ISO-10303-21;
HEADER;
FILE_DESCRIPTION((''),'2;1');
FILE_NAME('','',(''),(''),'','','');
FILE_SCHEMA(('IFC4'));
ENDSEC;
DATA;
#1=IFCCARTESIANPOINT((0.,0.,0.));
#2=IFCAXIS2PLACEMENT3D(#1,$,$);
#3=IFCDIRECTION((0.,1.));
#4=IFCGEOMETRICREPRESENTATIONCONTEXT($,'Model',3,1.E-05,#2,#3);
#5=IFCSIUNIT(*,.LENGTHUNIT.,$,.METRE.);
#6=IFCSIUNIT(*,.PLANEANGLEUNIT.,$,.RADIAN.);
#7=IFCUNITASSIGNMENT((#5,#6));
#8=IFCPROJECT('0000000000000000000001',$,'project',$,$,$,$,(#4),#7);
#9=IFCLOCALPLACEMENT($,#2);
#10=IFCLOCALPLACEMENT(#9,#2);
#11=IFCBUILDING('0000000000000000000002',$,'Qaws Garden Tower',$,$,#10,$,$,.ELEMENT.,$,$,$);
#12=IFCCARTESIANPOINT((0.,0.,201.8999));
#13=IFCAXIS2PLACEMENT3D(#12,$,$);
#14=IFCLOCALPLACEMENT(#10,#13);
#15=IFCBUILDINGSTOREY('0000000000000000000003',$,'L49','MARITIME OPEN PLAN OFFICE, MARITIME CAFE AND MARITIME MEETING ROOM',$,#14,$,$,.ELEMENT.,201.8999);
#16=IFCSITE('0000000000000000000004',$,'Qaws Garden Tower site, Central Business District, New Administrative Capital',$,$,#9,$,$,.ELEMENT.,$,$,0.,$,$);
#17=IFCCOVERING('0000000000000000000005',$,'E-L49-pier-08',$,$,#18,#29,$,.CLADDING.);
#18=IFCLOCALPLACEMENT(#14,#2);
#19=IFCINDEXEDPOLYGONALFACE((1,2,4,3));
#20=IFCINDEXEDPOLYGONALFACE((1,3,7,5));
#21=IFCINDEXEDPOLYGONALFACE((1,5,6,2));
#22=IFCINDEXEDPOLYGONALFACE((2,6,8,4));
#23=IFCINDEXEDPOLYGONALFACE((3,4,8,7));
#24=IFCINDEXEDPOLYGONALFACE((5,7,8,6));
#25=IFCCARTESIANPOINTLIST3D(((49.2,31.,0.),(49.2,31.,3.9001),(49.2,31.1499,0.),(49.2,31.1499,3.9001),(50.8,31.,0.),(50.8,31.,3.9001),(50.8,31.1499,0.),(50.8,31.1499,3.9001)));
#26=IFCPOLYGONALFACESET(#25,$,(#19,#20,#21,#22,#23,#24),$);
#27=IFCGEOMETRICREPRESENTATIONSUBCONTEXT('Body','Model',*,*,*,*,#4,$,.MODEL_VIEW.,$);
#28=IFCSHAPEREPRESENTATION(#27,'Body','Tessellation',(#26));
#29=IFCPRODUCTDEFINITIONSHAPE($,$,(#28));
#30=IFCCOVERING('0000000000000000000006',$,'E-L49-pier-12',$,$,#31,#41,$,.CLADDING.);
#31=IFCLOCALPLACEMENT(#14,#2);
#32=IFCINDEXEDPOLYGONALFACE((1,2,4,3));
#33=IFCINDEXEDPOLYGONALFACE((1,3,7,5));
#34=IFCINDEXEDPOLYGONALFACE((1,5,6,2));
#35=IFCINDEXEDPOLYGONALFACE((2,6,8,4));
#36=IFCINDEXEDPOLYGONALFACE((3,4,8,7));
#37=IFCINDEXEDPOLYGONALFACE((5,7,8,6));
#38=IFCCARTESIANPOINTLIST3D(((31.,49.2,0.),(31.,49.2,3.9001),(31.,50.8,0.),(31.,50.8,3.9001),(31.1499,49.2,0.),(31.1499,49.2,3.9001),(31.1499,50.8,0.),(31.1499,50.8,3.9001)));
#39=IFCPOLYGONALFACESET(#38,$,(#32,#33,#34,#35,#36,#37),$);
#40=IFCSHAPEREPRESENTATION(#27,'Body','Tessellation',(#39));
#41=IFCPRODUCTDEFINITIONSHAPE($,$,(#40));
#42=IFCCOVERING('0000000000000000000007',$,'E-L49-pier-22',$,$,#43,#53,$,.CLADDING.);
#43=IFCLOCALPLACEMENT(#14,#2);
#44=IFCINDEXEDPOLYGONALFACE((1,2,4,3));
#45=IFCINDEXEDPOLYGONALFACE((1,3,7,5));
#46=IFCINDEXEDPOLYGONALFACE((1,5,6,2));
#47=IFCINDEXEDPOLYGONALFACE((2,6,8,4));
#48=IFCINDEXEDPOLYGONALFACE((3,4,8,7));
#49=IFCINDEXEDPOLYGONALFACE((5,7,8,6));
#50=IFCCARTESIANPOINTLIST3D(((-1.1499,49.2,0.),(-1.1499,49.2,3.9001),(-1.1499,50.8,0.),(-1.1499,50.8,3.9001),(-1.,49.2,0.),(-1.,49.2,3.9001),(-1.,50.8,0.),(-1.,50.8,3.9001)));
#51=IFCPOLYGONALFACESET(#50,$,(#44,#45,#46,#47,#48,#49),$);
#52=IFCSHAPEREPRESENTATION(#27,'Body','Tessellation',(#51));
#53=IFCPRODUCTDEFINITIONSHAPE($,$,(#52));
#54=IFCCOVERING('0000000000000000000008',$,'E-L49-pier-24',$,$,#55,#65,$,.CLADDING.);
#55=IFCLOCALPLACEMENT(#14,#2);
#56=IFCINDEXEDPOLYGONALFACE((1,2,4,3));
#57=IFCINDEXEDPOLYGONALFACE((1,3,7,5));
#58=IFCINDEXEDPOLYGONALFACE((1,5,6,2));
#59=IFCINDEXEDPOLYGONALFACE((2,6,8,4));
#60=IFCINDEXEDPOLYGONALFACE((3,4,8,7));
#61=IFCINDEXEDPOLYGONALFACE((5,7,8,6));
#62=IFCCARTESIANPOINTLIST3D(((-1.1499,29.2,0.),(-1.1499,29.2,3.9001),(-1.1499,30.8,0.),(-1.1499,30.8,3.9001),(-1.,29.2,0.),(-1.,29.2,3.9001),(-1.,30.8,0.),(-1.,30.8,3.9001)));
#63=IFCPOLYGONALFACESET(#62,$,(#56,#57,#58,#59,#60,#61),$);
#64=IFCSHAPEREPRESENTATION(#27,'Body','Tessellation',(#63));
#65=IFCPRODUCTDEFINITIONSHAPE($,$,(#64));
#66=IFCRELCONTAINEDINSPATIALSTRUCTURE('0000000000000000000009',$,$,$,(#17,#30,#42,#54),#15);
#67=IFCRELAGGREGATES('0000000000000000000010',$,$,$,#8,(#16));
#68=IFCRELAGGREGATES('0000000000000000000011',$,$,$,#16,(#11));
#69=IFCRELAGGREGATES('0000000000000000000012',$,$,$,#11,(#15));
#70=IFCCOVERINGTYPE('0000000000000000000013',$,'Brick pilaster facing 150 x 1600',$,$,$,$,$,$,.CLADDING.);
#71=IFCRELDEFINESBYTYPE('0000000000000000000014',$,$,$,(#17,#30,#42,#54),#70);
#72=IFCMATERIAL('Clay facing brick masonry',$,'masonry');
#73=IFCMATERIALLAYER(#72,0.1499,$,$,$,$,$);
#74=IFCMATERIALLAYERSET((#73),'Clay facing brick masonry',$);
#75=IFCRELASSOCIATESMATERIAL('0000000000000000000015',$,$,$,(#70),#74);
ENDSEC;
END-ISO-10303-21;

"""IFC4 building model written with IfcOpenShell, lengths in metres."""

from ifc_helpers import new_model, si_unit, direction, frame, origin, place, context, subcontext, project, spatial, polyline, outline, extrude, material, layer, layer_set, type_object, element, save


model = new_model("IFC4")

# Units and contexts
model_context = context("Model", 3, precision=1e-05, world=origin(), true_north=direction((0.0, 1.0)))
body_context = subcontext(model_context, "Body", "Model", "MODEL_VIEW")
ifc_project = project(units=[si_unit("LENGTHUNIT", "METRE"), si_unit("PLANEANGLEUNIT", "RADIAN")], contexts=[model_context])

# Site, building, storey
site_placement = place(None, origin())
site = spatial("IfcSite", under=ifc_project, at=site_placement, Name="Qaws Garden Tower site, Central Business District, New Administrative Capital", CompositionType="ELEMENT", RefElevation=0.0)
building_placement = place(site_placement, origin())
building = spatial("IfcBuilding", under=site, at=building_placement, Name="Qaws Garden Tower", CompositionType="ELEMENT")
storey_placement = place(building_placement, frame((0.0, 0.0, 201.8999)))
storey = spatial("IfcBuildingStorey", under=building, at=storey_placement, Name="L49", Description="MARITIME OPEN PLAN OFFICE, MARITIME CAFE AND MARITIME MEETING ROOM", CompositionType="ELEMENT", Elevation=201.8999)

# Shared definitions
placement = place(storey_placement, origin())

# Coverings
ifc_material_1 = material(Name="Clay facing brick masonry", Category="masonry")
ifc_layer_1 = layer(ifc_material_1, 0.1499)
ifc_layer_set_1 = layer_set([ifc_layer_1], Name="Clay facing brick masonry")
covering_type = type_object("IfcCoveringType", Name="Brick pilaster facing 150 x 1600", PredefinedType="CLADDING", material=ifc_layer_set_1)
element("IfcCovering", 1, at=placement, inside=storey, type_object=covering_type, Name="E-L49-pier-08", PredefinedType="CLADDING", context=body_context, shape_type="SweptSolid", body=[
    extrude(outline(polyline([(50.8, 31.0), (49.2, 31.0), (49.2, 31.1499), (50.8, 31.1499), (50.8, 31.0)])), origin(), (0.0, 0.0, 1.0), 3.9001),
])
element("IfcCovering", 2, at=placement, inside=storey, type_object=covering_type, Name="E-L49-pier-12", PredefinedType="CLADDING", context=body_context, shape_type="SweptSolid", body=[
    extrude(outline(polyline([(31.0, 49.2), (31.0, 50.8), (31.1499, 50.8), (31.1499, 49.2), (31.0, 49.2)])), origin(), (0.0, 0.0, 1.0), 3.9001),
])
element("IfcCovering", 3, at=placement, inside=storey, type_object=covering_type, Name="E-L49-pier-22", PredefinedType="CLADDING", context=body_context, shape_type="SweptSolid", body=[
    extrude(outline(polyline([(-1.0, 50.8), (-1.0, 49.2), (-1.1499, 49.2), (-1.1499, 50.8), (-1.0, 50.8)])), origin(), (0.0, 0.0, 1.0), 3.9001),
])
element("IfcCovering", 4, at=placement, inside=storey, type_object=covering_type, Name="E-L49-pier-24", PredefinedType="CLADDING", context=body_context, shape_type="SweptSolid", body=[
    extrude(outline(polyline([(-1.0, 30.8), (-1.0, 29.2), (-1.1499, 29.2), (-1.1499, 30.8), (-1.0, 30.8)])), origin(), (0.0, 0.0, 1.0), 3.9001),
])

save(model, "model.ifc")
